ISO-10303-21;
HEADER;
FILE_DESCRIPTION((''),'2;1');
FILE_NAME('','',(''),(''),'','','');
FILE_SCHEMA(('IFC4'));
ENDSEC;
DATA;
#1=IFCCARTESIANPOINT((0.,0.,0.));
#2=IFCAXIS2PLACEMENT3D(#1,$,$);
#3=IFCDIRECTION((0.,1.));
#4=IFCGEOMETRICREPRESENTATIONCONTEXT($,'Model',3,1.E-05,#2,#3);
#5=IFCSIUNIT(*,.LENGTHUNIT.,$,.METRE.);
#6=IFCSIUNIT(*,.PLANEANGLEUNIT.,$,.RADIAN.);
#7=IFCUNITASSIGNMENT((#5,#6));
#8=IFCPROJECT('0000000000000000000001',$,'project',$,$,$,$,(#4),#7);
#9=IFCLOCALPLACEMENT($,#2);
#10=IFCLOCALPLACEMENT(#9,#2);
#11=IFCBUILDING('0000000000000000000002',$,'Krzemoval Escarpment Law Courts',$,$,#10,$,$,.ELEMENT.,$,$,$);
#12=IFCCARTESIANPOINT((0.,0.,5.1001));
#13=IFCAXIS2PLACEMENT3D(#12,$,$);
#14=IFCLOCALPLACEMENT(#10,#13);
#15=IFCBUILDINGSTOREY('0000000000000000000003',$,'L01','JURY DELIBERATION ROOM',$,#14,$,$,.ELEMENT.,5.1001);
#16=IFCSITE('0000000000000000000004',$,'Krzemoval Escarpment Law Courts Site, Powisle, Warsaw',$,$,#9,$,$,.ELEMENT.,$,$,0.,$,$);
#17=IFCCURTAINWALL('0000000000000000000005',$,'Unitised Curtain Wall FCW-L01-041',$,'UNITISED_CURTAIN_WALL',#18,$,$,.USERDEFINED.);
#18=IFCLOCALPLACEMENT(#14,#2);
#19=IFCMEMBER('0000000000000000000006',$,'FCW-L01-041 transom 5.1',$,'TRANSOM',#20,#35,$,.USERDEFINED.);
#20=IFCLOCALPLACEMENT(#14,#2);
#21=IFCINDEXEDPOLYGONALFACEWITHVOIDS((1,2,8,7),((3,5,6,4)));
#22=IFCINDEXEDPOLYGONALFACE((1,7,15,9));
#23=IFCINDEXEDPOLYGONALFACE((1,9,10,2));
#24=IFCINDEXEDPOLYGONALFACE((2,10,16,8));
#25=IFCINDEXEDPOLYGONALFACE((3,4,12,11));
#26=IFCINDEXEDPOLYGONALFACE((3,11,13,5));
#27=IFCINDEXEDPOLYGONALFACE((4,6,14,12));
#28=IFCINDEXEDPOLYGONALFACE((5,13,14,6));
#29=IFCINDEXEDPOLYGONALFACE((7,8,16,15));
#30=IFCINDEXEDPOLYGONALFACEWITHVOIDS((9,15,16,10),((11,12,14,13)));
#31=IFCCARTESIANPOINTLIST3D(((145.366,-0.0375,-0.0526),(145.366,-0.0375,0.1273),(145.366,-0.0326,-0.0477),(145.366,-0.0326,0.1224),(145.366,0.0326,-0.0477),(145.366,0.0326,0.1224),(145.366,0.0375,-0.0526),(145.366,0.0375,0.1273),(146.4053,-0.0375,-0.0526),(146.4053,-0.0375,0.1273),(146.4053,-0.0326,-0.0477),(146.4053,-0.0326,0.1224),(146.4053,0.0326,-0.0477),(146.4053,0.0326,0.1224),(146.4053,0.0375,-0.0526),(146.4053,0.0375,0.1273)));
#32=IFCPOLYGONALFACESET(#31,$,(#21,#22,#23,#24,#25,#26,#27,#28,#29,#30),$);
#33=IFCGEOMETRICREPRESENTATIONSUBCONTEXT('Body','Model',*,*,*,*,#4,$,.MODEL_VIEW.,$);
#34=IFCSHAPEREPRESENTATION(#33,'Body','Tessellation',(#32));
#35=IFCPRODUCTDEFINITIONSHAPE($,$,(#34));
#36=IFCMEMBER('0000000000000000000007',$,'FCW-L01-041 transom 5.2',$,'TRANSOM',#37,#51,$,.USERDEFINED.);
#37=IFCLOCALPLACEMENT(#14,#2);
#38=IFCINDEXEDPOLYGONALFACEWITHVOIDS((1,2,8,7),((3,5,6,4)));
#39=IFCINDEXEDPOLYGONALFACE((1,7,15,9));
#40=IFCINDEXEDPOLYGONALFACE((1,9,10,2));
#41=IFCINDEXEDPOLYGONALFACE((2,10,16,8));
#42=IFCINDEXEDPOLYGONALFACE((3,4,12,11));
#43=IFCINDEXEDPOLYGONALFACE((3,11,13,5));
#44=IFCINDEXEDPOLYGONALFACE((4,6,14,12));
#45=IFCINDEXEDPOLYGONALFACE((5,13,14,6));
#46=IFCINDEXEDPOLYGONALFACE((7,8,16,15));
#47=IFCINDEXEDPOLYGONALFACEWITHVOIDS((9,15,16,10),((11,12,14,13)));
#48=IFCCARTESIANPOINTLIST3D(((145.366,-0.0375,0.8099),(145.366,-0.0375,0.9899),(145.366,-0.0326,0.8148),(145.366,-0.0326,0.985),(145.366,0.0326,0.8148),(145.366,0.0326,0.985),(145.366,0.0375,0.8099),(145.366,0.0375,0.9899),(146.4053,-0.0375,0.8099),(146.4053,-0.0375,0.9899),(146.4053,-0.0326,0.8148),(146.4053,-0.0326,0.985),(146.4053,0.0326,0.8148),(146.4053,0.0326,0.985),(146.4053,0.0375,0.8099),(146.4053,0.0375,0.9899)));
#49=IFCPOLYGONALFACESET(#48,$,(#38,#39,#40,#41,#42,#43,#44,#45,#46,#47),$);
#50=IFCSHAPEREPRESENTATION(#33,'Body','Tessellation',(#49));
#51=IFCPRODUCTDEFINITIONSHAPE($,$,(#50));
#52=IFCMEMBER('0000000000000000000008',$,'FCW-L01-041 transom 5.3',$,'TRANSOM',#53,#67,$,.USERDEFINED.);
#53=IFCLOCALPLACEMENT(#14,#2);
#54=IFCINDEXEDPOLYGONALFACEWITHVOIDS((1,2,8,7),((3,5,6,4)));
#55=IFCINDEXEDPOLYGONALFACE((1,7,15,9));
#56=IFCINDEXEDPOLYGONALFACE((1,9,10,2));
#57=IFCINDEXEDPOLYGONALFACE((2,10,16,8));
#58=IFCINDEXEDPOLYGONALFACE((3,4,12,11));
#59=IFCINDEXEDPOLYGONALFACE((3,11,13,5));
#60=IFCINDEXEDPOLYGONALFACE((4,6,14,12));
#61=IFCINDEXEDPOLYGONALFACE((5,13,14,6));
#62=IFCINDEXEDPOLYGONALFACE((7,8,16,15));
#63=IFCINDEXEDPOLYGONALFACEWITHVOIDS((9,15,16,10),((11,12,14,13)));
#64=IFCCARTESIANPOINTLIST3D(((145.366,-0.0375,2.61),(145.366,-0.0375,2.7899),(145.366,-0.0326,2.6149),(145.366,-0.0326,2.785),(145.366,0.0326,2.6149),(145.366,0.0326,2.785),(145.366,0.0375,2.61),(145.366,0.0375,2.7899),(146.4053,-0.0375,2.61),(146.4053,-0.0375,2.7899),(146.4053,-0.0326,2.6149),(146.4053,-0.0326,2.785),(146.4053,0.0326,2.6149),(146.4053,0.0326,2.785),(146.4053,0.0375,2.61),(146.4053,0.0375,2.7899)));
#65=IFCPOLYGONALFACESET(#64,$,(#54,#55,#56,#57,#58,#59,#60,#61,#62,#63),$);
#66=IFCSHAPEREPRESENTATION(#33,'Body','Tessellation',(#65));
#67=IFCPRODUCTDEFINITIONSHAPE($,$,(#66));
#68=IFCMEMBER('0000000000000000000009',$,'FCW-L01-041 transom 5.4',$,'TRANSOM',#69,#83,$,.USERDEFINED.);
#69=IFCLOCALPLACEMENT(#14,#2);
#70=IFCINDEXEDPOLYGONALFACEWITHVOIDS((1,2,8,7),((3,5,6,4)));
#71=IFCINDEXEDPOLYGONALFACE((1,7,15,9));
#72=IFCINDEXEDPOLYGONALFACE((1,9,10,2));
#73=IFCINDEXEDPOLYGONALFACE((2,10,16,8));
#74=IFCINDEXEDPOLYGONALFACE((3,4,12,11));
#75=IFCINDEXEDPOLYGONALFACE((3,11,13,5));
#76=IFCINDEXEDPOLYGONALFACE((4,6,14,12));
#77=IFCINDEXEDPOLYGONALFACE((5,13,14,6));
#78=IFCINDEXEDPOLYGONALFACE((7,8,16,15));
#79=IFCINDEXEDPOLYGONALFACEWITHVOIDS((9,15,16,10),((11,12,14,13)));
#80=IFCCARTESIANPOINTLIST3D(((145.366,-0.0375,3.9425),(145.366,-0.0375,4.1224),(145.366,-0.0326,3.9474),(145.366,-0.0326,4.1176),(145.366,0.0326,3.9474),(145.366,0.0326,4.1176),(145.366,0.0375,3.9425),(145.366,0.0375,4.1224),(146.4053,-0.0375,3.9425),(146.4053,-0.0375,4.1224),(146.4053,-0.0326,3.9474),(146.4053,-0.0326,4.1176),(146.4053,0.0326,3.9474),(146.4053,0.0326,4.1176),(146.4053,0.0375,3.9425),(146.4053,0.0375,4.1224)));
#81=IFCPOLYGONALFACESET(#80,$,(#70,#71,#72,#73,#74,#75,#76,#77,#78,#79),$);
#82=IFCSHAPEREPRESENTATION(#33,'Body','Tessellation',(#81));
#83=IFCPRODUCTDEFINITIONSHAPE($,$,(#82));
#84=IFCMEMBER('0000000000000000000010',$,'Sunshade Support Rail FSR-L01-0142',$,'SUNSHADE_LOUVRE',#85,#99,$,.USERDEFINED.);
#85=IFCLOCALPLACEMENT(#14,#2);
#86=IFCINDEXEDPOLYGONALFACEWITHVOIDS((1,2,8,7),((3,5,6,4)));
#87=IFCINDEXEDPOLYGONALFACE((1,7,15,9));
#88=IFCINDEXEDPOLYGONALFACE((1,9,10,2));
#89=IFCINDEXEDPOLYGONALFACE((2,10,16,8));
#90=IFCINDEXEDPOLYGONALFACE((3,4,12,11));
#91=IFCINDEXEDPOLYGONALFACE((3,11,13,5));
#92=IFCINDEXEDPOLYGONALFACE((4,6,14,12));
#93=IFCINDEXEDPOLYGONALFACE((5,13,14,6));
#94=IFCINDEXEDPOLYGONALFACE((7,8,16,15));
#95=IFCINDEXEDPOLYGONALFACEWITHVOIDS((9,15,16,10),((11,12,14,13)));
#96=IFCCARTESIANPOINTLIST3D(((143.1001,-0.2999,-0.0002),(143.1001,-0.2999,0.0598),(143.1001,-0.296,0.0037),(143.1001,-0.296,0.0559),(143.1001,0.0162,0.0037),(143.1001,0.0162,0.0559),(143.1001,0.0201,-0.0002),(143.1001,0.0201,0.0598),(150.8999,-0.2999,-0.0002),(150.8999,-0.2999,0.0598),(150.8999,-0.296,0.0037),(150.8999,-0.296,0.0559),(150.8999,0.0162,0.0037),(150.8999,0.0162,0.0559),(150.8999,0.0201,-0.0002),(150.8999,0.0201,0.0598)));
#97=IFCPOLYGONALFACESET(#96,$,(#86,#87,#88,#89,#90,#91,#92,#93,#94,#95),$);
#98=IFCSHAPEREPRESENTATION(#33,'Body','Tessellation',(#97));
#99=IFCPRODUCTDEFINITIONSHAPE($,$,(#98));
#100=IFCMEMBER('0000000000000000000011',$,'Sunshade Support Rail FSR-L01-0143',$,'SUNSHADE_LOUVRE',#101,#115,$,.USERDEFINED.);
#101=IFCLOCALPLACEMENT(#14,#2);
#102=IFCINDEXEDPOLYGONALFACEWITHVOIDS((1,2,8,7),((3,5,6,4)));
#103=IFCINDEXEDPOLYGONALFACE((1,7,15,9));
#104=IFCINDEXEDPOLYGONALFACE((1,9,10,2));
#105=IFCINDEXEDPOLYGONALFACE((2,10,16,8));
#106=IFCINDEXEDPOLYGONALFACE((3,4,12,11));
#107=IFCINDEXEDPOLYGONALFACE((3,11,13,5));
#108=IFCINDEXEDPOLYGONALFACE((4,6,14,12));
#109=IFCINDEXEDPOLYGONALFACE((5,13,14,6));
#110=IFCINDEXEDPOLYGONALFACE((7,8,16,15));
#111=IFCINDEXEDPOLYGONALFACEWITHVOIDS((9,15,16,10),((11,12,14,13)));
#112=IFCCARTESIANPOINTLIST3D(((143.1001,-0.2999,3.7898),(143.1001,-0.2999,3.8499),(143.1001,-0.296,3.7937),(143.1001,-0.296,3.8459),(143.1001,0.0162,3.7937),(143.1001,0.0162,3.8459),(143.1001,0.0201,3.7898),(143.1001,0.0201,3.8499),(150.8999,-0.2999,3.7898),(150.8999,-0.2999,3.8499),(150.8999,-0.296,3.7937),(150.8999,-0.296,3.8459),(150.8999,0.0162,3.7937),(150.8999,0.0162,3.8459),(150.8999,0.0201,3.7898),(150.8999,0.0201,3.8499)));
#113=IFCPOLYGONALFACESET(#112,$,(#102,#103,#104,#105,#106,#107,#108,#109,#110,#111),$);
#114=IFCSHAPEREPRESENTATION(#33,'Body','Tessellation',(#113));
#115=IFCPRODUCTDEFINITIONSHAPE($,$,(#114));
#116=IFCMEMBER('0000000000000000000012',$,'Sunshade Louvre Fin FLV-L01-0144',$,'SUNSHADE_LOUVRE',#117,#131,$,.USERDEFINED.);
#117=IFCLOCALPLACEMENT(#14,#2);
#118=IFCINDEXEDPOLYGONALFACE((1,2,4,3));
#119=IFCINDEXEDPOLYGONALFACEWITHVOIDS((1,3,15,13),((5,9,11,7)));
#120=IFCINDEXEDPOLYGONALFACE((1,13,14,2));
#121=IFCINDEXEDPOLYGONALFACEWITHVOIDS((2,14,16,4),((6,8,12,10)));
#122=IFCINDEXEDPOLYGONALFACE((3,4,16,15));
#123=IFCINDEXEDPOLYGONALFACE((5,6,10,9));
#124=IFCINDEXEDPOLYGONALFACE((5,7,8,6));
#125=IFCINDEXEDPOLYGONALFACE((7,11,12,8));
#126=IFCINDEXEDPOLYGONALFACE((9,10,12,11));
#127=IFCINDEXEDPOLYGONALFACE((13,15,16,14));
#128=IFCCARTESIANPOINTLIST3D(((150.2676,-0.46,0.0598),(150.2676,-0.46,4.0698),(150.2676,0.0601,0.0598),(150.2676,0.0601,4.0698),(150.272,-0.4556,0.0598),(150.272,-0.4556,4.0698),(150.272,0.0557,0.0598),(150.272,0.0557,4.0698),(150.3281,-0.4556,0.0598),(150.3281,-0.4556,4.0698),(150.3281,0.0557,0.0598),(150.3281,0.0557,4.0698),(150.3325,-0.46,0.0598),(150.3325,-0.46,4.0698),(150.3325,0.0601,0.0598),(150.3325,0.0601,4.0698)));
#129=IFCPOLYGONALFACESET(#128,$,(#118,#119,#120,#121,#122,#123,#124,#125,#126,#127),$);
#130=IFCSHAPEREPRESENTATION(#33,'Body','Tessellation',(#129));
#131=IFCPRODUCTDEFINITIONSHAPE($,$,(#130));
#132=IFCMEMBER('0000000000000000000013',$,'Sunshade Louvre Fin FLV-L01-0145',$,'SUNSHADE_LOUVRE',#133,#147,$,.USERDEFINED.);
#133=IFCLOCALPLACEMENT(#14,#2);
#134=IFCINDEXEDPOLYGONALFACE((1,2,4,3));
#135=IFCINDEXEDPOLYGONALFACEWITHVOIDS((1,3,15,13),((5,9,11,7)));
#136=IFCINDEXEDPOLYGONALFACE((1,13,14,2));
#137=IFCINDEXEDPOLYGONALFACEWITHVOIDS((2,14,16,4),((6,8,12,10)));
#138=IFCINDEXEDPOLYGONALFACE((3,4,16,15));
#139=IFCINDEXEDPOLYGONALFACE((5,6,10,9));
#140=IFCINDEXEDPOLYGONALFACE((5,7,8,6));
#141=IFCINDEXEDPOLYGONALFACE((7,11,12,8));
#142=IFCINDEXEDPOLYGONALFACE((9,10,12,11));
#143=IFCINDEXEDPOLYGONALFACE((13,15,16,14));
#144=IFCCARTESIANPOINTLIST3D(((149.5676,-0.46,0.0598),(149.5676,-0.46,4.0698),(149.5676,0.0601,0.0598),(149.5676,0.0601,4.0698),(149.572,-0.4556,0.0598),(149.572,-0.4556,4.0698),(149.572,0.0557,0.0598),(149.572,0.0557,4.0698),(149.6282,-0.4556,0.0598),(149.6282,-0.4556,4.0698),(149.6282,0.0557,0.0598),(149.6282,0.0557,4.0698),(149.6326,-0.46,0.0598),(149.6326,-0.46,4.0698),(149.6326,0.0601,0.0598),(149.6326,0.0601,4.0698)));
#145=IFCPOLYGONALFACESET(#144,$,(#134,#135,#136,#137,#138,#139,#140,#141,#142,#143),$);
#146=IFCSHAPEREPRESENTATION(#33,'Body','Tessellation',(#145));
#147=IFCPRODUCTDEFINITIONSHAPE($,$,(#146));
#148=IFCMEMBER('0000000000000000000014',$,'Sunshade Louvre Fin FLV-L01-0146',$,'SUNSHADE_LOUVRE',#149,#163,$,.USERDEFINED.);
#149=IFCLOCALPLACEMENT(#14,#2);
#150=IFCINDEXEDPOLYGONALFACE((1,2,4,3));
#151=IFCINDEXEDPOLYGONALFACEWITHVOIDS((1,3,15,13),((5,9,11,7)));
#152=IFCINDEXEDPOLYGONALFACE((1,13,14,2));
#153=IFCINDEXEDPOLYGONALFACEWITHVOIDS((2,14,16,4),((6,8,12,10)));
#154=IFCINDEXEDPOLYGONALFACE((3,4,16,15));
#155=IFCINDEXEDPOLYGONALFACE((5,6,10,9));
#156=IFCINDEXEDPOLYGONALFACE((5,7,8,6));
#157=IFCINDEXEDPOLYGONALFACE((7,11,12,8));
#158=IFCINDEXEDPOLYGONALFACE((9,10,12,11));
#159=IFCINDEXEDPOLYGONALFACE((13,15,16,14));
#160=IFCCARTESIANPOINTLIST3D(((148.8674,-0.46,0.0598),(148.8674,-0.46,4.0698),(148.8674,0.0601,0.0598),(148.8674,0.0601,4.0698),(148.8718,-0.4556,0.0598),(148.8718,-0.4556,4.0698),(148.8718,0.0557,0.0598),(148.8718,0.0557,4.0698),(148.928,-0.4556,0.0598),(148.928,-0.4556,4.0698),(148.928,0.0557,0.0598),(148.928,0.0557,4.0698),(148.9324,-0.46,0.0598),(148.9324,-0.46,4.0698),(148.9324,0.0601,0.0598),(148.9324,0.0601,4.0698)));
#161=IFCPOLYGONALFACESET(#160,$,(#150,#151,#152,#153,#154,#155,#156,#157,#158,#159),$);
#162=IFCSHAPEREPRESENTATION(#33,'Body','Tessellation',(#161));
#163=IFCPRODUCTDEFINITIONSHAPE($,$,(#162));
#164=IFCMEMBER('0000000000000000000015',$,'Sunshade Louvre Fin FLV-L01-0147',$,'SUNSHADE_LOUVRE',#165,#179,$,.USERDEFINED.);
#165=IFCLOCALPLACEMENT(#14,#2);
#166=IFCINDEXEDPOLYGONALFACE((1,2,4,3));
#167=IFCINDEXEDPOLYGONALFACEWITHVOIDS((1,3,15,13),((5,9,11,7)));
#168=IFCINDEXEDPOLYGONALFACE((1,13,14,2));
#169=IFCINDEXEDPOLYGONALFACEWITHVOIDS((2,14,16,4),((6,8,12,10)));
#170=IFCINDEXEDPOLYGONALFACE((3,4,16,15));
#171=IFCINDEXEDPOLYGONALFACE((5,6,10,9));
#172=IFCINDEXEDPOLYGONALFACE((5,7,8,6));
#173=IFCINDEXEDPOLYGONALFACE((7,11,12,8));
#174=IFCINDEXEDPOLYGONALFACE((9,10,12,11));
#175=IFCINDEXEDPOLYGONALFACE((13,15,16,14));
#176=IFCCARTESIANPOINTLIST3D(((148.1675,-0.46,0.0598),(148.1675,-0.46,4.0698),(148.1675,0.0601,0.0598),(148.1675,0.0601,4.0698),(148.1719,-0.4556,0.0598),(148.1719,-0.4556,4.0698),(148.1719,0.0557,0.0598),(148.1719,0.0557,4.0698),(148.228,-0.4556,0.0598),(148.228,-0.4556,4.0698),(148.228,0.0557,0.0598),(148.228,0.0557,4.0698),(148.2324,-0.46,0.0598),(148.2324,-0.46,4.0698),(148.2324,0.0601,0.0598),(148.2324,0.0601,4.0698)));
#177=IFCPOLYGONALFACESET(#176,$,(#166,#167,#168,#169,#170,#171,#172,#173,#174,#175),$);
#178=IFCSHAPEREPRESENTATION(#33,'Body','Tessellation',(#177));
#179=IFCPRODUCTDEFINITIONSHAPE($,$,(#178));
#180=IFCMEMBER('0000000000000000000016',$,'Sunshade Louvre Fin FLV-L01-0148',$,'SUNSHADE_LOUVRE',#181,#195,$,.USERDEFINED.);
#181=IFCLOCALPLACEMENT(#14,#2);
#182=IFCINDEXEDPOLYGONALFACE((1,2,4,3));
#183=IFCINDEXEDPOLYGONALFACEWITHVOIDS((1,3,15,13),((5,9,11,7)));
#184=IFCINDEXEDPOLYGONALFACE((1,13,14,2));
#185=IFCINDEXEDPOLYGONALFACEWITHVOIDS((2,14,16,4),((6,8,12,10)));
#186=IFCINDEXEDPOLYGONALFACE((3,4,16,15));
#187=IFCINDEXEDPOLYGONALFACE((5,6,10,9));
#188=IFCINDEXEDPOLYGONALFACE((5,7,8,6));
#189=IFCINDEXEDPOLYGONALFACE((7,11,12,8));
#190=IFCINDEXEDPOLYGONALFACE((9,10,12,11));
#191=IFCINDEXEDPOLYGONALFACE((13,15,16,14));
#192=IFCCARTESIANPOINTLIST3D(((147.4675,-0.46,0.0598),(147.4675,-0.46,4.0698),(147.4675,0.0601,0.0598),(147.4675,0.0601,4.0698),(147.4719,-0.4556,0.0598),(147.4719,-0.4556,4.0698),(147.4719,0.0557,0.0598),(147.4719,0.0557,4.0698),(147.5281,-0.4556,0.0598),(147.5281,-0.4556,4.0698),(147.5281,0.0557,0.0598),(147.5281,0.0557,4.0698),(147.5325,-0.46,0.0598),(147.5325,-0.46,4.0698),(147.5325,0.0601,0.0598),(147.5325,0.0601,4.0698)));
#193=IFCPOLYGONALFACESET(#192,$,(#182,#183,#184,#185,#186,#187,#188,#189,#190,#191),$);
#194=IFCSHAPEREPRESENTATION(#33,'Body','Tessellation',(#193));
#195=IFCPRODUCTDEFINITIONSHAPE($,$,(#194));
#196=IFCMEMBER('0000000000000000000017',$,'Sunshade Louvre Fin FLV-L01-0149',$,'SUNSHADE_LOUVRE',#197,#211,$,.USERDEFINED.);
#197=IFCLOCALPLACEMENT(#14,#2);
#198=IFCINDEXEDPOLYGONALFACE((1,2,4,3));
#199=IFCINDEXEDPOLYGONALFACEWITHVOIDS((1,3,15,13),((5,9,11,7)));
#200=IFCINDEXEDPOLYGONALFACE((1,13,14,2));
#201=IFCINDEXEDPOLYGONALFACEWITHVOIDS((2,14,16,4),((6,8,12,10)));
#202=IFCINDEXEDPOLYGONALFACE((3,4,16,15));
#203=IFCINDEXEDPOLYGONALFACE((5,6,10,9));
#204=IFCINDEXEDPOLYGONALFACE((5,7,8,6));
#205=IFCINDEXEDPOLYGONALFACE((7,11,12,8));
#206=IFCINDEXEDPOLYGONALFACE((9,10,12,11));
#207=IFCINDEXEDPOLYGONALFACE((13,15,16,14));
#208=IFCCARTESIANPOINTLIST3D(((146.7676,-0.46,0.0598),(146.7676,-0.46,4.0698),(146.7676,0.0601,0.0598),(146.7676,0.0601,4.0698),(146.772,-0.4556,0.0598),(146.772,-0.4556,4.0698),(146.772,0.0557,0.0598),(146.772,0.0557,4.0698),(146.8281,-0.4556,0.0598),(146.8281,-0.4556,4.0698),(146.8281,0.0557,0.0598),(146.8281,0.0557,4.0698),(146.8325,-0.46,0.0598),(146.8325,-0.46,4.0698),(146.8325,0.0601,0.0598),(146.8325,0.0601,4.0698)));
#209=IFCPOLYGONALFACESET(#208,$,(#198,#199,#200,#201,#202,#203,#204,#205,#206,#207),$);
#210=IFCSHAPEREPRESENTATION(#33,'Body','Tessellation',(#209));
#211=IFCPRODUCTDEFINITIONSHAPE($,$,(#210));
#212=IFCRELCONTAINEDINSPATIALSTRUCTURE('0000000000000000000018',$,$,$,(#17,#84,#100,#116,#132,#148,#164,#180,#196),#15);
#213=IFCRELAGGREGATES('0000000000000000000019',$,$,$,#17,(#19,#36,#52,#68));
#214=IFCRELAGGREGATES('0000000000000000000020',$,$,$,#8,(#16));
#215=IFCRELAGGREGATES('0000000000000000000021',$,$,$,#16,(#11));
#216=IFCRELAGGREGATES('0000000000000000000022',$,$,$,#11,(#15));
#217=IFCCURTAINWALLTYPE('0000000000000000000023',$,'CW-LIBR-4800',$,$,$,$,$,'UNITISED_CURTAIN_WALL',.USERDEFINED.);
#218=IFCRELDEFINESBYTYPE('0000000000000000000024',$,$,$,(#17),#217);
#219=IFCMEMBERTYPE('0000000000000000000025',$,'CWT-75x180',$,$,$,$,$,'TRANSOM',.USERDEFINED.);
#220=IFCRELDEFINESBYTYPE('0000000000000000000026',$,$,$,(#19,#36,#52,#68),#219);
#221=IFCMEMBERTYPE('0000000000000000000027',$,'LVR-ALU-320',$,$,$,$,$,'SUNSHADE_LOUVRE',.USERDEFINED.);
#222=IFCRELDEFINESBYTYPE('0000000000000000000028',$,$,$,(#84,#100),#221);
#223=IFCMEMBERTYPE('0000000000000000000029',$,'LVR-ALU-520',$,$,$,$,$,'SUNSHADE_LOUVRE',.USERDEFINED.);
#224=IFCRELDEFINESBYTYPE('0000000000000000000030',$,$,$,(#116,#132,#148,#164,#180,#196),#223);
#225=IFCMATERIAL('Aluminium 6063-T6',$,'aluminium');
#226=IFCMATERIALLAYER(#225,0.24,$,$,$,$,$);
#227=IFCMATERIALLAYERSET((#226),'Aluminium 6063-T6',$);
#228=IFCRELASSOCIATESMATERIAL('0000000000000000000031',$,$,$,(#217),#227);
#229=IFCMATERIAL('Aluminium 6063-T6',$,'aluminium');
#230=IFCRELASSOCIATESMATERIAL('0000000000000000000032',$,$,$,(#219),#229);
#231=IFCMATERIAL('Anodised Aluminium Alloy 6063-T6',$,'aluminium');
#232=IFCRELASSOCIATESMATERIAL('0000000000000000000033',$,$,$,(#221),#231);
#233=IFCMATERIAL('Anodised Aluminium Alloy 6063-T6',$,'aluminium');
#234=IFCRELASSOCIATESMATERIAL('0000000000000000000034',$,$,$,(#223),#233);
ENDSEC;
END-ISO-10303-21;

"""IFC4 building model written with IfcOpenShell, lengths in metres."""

from ifc_helpers import new_model, si_unit, direction, frame, origin, origin_2d, place, context, subcontext, project, spatial, hollow_rectangle, extrude, material, layer, layer_set, material_profile, profile_set, type_object, element, aggregate, save


model = new_model("IFC4")

# Units and contexts
model_context = context("Model", 3, precision=1e-05, world=origin(), true_north=direction((0.0, 1.0)))
body_context = subcontext(model_context, "Body", "Model", "MODEL_VIEW")
ifc_project = project(units=[si_unit("LENGTHUNIT", "METRE"), si_unit("PLANEANGLEUNIT", "RADIAN")], contexts=[model_context])

# Site, building, storey
site_placement = place(None, origin())
site = spatial("IfcSite", under=ifc_project, at=site_placement, Name="Krzemoval Escarpment Law Courts Site, Powisle, Warsaw", CompositionType="ELEMENT", RefElevation=0.0)
building_placement = place(site_placement, origin())
building = spatial("IfcBuilding", under=site, at=building_placement, Name="Krzemoval Escarpment Law Courts", CompositionType="ELEMENT")
storey_placement = place(building_placement, frame((0.0, 0.0, 5.1001)))
storey = spatial("IfcBuildingStorey", under=building, at=storey_placement, Name="L01", Description="JURY DELIBERATION ROOM", CompositionType="ELEMENT", Elevation=5.1001)

# Curtain wall, members
ifc_material_1 = material(Name="Aluminium 6063-T6", Category="aluminium")
ifc_layer_1 = layer(ifc_material_1, 0.24)
ifc_layer_set_1 = layer_set([ifc_layer_1], Name="Aluminium 6063-T6")
curtain_wall_type = type_object("IfcCurtainWallType", Name="CW-LIBR-4800", ElementType="UNITISED_CURTAIN_WALL", PredefinedType="USERDEFINED", material=ifc_layer_set_1)
curtain_wall_placement = place(storey_placement, origin())
curtain_wall = element("IfcCurtainWall", 1, at=curtain_wall_placement, inside=storey, type_object=curtain_wall_type, Name="Unitised Curtain Wall FCW-L01-041", ObjectType="UNITISED_CURTAIN_WALL", PredefinedType="USERDEFINED")
ifc_material_2 = material(Name="Aluminium 6063-T6", Category="aluminium")
ifc_material_profile_1 = material_profile(ifc_material_2, hollow_rectangle(XDim=0.075, YDim=0.1799, WallThickness=0.0049, at=origin_2d()), Name="ALU T75x180")
ifc_profile_set_1 = profile_set([ifc_material_profile_1], Name="Aluminium 6063-T6")
member_type_1 = type_object("IfcMemberType", Name="CWT-75x180", ElementType="TRANSOM", PredefinedType="USERDEFINED", material=ifc_profile_set_1)
member_1_placement = place(storey_placement, frame((146.4053, 0.0, 0.0374), z_axis=(-1.0, 0.0, 0.0), x_axis=(0.0, -1.0, 0.0)))
member_1 = element("IfcMember", 2, at=member_1_placement, type_object=member_type_1, Name="FCW-L01-041 transom 5.1", ObjectType="TRANSOM", PredefinedType="USERDEFINED", context=body_context, shape_type="SweptSolid", body=[
    extrude(hollow_rectangle(XDim=0.075, YDim=0.1799, WallThickness=0.0049, at=origin_2d()), origin(), (0.0, 0.0, 1.0), 1.0393),
])
member_2_placement = place(storey_placement, frame((146.4053, 0.0, 0.8999), z_axis=(-1.0, 0.0, 0.0), x_axis=(0.0, -1.0, 0.0)))
member_2 = element("IfcMember", 3, at=member_2_placement, type_object=member_type_1, Name="FCW-L01-041 transom 5.2", ObjectType="TRANSOM", PredefinedType="USERDEFINED", context=body_context, shape_type="SweptSolid", body=[
    extrude(hollow_rectangle(XDim=0.075, YDim=0.1799, WallThickness=0.0049, at=origin_2d()), origin(), (0.0, 0.0, 1.0), 1.0393),
])
member_3_placement = place(storey_placement, frame((146.4053, 0.0, 2.7), z_axis=(-1.0, 0.0, 0.0), x_axis=(0.0, -1.0, 0.0)))
member_3 = element("IfcMember", 4, at=member_3_placement, type_object=member_type_1, Name="FCW-L01-041 transom 5.3", ObjectType="TRANSOM", PredefinedType="USERDEFINED", context=body_context, shape_type="SweptSolid", body=[
    extrude(hollow_rectangle(XDim=0.075, YDim=0.1799, WallThickness=0.0049, at=origin_2d()), origin(), (0.0, 0.0, 1.0), 1.0393),
])
member_4_placement = place(storey_placement, frame((146.4053, 0.0, 4.0325), z_axis=(-1.0, 0.0, 0.0), x_axis=(0.0, -1.0, 0.0)))
member_4 = element("IfcMember", 5, at=member_4_placement, type_object=member_type_1, Name="FCW-L01-041 transom 5.4", ObjectType="TRANSOM", PredefinedType="USERDEFINED", context=body_context, shape_type="SweptSolid", body=[
    extrude(hollow_rectangle(XDim=0.075, YDim=0.1799, WallThickness=0.0049, at=origin_2d()), origin(), (0.0, 0.0, 1.0), 1.0393),
])

# Members
ifc_material_3 = material(Name="Anodised Aluminium Alloy 6063-T6", Category="aluminium")
ifc_material_profile_2 = material_profile(ifc_material_3, hollow_rectangle(XDim=0.0601, YDim=0.3201, WallThickness=0.0039, at=origin_2d()), Name="ALU LVR 60x320")
ifc_profile_set_2 = profile_set([ifc_material_profile_2], Name="Anodised Aluminium Alloy 6063-T6")
member_type_2 = type_object("IfcMemberType", Name="LVR-ALU-320", ElementType="SUNSHADE_LOUVRE", PredefinedType="USERDEFINED", material=ifc_profile_set_2)
for number, where, z_axis, x_axis, name in (
    (6, (150.8999, -0.1399, 0.0298), (-1.0, 0.0, 0.0), (0.0, 0.0, 1.0), "Sunshade Support Rail FSR-L01-0142"),
    (7, (150.8999, -0.1399, 3.8198), (-1.0, 0.0, 0.0), (0.0, 0.0, 1.0), "Sunshade Support Rail FSR-L01-0143"),
):
    element("IfcMember", number, at=place(storey_placement, frame(where, z_axis=z_axis, x_axis=x_axis)), inside=storey, type_object=member_type_2, Name=name, ObjectType="SUNSHADE_LOUVRE", PredefinedType="USERDEFINED", context=body_context, shape_type="SweptSolid", body=[
        extrude(hollow_rectangle(XDim=0.0601, YDim=0.3201, WallThickness=0.0039, at=origin_2d()), origin(), (0.0, 0.0, 1.0), 7.7998),
    ])
ifc_material_4 = material(Name="Anodised Aluminium Alloy 6063-T6", Category="aluminium")
ifc_material_profile_3 = material_profile(ifc_material_4, hollow_rectangle(XDim=0.0649, YDim=0.52, WallThickness=0.0044, at=origin_2d()), Name="ALU LVR 65x520")
ifc_profile_set_3 = profile_set([ifc_material_profile_3], Name="Anodised Aluminium Alloy 6063-T6")
member_type_3 = type_object("IfcMemberType", Name="LVR-ALU-520", ElementType="SUNSHADE_LOUVRE", PredefinedType="USERDEFINED", material=ifc_profile_set_3)
for number, where, z_axis, x_axis, name in (
    (8, (150.3, -0.2, 0.0598), (0.0, 0.0, 1.0), (1.0, 0.0, 0.0), "Sunshade Louvre Fin FLV-L01-0144"),
    (9, (149.6001, -0.2, 0.0598), (0.0, 0.0, 1.0), (1.0, 0.0, 0.0), "Sunshade Louvre Fin FLV-L01-0145"),
    (10, (148.8999, -0.2, 0.0598), (0.0, 0.0, 1.0), (1.0, 0.0, 0.0), "Sunshade Louvre Fin FLV-L01-0146"),
    (11, (148.2, -0.2, 0.0598), (0.0, 0.0, 1.0), (1.0, 0.0, 0.0), "Sunshade Louvre Fin FLV-L01-0147"),
    (12, (147.5, -0.2, 0.0598), (0.0, 0.0, 1.0), (1.0, 0.0, 0.0), "Sunshade Louvre Fin FLV-L01-0148"),
    (13, (146.8, -0.2, 0.0598), (0.0, 0.0, 1.0), (1.0, 0.0, 0.0), "Sunshade Louvre Fin FLV-L01-0149"),
):
    element("IfcMember", number, at=place(storey_placement, frame(where, z_axis=z_axis, x_axis=x_axis)), inside=storey, type_object=member_type_3, Name=name, ObjectType="SUNSHADE_LOUVRE", PredefinedType="USERDEFINED", context=body_context, shape_type="SweptSolid", body=[
        extrude(hollow_rectangle(XDim=0.0649, YDim=0.52, WallThickness=0.0044, at=origin_2d()), origin(), (0.0, 0.0, 1.0), 4.01),
    ])

aggregate(curtain_wall, [member_1, member_2, member_3, member_4])

save(model, "model.ifc")
